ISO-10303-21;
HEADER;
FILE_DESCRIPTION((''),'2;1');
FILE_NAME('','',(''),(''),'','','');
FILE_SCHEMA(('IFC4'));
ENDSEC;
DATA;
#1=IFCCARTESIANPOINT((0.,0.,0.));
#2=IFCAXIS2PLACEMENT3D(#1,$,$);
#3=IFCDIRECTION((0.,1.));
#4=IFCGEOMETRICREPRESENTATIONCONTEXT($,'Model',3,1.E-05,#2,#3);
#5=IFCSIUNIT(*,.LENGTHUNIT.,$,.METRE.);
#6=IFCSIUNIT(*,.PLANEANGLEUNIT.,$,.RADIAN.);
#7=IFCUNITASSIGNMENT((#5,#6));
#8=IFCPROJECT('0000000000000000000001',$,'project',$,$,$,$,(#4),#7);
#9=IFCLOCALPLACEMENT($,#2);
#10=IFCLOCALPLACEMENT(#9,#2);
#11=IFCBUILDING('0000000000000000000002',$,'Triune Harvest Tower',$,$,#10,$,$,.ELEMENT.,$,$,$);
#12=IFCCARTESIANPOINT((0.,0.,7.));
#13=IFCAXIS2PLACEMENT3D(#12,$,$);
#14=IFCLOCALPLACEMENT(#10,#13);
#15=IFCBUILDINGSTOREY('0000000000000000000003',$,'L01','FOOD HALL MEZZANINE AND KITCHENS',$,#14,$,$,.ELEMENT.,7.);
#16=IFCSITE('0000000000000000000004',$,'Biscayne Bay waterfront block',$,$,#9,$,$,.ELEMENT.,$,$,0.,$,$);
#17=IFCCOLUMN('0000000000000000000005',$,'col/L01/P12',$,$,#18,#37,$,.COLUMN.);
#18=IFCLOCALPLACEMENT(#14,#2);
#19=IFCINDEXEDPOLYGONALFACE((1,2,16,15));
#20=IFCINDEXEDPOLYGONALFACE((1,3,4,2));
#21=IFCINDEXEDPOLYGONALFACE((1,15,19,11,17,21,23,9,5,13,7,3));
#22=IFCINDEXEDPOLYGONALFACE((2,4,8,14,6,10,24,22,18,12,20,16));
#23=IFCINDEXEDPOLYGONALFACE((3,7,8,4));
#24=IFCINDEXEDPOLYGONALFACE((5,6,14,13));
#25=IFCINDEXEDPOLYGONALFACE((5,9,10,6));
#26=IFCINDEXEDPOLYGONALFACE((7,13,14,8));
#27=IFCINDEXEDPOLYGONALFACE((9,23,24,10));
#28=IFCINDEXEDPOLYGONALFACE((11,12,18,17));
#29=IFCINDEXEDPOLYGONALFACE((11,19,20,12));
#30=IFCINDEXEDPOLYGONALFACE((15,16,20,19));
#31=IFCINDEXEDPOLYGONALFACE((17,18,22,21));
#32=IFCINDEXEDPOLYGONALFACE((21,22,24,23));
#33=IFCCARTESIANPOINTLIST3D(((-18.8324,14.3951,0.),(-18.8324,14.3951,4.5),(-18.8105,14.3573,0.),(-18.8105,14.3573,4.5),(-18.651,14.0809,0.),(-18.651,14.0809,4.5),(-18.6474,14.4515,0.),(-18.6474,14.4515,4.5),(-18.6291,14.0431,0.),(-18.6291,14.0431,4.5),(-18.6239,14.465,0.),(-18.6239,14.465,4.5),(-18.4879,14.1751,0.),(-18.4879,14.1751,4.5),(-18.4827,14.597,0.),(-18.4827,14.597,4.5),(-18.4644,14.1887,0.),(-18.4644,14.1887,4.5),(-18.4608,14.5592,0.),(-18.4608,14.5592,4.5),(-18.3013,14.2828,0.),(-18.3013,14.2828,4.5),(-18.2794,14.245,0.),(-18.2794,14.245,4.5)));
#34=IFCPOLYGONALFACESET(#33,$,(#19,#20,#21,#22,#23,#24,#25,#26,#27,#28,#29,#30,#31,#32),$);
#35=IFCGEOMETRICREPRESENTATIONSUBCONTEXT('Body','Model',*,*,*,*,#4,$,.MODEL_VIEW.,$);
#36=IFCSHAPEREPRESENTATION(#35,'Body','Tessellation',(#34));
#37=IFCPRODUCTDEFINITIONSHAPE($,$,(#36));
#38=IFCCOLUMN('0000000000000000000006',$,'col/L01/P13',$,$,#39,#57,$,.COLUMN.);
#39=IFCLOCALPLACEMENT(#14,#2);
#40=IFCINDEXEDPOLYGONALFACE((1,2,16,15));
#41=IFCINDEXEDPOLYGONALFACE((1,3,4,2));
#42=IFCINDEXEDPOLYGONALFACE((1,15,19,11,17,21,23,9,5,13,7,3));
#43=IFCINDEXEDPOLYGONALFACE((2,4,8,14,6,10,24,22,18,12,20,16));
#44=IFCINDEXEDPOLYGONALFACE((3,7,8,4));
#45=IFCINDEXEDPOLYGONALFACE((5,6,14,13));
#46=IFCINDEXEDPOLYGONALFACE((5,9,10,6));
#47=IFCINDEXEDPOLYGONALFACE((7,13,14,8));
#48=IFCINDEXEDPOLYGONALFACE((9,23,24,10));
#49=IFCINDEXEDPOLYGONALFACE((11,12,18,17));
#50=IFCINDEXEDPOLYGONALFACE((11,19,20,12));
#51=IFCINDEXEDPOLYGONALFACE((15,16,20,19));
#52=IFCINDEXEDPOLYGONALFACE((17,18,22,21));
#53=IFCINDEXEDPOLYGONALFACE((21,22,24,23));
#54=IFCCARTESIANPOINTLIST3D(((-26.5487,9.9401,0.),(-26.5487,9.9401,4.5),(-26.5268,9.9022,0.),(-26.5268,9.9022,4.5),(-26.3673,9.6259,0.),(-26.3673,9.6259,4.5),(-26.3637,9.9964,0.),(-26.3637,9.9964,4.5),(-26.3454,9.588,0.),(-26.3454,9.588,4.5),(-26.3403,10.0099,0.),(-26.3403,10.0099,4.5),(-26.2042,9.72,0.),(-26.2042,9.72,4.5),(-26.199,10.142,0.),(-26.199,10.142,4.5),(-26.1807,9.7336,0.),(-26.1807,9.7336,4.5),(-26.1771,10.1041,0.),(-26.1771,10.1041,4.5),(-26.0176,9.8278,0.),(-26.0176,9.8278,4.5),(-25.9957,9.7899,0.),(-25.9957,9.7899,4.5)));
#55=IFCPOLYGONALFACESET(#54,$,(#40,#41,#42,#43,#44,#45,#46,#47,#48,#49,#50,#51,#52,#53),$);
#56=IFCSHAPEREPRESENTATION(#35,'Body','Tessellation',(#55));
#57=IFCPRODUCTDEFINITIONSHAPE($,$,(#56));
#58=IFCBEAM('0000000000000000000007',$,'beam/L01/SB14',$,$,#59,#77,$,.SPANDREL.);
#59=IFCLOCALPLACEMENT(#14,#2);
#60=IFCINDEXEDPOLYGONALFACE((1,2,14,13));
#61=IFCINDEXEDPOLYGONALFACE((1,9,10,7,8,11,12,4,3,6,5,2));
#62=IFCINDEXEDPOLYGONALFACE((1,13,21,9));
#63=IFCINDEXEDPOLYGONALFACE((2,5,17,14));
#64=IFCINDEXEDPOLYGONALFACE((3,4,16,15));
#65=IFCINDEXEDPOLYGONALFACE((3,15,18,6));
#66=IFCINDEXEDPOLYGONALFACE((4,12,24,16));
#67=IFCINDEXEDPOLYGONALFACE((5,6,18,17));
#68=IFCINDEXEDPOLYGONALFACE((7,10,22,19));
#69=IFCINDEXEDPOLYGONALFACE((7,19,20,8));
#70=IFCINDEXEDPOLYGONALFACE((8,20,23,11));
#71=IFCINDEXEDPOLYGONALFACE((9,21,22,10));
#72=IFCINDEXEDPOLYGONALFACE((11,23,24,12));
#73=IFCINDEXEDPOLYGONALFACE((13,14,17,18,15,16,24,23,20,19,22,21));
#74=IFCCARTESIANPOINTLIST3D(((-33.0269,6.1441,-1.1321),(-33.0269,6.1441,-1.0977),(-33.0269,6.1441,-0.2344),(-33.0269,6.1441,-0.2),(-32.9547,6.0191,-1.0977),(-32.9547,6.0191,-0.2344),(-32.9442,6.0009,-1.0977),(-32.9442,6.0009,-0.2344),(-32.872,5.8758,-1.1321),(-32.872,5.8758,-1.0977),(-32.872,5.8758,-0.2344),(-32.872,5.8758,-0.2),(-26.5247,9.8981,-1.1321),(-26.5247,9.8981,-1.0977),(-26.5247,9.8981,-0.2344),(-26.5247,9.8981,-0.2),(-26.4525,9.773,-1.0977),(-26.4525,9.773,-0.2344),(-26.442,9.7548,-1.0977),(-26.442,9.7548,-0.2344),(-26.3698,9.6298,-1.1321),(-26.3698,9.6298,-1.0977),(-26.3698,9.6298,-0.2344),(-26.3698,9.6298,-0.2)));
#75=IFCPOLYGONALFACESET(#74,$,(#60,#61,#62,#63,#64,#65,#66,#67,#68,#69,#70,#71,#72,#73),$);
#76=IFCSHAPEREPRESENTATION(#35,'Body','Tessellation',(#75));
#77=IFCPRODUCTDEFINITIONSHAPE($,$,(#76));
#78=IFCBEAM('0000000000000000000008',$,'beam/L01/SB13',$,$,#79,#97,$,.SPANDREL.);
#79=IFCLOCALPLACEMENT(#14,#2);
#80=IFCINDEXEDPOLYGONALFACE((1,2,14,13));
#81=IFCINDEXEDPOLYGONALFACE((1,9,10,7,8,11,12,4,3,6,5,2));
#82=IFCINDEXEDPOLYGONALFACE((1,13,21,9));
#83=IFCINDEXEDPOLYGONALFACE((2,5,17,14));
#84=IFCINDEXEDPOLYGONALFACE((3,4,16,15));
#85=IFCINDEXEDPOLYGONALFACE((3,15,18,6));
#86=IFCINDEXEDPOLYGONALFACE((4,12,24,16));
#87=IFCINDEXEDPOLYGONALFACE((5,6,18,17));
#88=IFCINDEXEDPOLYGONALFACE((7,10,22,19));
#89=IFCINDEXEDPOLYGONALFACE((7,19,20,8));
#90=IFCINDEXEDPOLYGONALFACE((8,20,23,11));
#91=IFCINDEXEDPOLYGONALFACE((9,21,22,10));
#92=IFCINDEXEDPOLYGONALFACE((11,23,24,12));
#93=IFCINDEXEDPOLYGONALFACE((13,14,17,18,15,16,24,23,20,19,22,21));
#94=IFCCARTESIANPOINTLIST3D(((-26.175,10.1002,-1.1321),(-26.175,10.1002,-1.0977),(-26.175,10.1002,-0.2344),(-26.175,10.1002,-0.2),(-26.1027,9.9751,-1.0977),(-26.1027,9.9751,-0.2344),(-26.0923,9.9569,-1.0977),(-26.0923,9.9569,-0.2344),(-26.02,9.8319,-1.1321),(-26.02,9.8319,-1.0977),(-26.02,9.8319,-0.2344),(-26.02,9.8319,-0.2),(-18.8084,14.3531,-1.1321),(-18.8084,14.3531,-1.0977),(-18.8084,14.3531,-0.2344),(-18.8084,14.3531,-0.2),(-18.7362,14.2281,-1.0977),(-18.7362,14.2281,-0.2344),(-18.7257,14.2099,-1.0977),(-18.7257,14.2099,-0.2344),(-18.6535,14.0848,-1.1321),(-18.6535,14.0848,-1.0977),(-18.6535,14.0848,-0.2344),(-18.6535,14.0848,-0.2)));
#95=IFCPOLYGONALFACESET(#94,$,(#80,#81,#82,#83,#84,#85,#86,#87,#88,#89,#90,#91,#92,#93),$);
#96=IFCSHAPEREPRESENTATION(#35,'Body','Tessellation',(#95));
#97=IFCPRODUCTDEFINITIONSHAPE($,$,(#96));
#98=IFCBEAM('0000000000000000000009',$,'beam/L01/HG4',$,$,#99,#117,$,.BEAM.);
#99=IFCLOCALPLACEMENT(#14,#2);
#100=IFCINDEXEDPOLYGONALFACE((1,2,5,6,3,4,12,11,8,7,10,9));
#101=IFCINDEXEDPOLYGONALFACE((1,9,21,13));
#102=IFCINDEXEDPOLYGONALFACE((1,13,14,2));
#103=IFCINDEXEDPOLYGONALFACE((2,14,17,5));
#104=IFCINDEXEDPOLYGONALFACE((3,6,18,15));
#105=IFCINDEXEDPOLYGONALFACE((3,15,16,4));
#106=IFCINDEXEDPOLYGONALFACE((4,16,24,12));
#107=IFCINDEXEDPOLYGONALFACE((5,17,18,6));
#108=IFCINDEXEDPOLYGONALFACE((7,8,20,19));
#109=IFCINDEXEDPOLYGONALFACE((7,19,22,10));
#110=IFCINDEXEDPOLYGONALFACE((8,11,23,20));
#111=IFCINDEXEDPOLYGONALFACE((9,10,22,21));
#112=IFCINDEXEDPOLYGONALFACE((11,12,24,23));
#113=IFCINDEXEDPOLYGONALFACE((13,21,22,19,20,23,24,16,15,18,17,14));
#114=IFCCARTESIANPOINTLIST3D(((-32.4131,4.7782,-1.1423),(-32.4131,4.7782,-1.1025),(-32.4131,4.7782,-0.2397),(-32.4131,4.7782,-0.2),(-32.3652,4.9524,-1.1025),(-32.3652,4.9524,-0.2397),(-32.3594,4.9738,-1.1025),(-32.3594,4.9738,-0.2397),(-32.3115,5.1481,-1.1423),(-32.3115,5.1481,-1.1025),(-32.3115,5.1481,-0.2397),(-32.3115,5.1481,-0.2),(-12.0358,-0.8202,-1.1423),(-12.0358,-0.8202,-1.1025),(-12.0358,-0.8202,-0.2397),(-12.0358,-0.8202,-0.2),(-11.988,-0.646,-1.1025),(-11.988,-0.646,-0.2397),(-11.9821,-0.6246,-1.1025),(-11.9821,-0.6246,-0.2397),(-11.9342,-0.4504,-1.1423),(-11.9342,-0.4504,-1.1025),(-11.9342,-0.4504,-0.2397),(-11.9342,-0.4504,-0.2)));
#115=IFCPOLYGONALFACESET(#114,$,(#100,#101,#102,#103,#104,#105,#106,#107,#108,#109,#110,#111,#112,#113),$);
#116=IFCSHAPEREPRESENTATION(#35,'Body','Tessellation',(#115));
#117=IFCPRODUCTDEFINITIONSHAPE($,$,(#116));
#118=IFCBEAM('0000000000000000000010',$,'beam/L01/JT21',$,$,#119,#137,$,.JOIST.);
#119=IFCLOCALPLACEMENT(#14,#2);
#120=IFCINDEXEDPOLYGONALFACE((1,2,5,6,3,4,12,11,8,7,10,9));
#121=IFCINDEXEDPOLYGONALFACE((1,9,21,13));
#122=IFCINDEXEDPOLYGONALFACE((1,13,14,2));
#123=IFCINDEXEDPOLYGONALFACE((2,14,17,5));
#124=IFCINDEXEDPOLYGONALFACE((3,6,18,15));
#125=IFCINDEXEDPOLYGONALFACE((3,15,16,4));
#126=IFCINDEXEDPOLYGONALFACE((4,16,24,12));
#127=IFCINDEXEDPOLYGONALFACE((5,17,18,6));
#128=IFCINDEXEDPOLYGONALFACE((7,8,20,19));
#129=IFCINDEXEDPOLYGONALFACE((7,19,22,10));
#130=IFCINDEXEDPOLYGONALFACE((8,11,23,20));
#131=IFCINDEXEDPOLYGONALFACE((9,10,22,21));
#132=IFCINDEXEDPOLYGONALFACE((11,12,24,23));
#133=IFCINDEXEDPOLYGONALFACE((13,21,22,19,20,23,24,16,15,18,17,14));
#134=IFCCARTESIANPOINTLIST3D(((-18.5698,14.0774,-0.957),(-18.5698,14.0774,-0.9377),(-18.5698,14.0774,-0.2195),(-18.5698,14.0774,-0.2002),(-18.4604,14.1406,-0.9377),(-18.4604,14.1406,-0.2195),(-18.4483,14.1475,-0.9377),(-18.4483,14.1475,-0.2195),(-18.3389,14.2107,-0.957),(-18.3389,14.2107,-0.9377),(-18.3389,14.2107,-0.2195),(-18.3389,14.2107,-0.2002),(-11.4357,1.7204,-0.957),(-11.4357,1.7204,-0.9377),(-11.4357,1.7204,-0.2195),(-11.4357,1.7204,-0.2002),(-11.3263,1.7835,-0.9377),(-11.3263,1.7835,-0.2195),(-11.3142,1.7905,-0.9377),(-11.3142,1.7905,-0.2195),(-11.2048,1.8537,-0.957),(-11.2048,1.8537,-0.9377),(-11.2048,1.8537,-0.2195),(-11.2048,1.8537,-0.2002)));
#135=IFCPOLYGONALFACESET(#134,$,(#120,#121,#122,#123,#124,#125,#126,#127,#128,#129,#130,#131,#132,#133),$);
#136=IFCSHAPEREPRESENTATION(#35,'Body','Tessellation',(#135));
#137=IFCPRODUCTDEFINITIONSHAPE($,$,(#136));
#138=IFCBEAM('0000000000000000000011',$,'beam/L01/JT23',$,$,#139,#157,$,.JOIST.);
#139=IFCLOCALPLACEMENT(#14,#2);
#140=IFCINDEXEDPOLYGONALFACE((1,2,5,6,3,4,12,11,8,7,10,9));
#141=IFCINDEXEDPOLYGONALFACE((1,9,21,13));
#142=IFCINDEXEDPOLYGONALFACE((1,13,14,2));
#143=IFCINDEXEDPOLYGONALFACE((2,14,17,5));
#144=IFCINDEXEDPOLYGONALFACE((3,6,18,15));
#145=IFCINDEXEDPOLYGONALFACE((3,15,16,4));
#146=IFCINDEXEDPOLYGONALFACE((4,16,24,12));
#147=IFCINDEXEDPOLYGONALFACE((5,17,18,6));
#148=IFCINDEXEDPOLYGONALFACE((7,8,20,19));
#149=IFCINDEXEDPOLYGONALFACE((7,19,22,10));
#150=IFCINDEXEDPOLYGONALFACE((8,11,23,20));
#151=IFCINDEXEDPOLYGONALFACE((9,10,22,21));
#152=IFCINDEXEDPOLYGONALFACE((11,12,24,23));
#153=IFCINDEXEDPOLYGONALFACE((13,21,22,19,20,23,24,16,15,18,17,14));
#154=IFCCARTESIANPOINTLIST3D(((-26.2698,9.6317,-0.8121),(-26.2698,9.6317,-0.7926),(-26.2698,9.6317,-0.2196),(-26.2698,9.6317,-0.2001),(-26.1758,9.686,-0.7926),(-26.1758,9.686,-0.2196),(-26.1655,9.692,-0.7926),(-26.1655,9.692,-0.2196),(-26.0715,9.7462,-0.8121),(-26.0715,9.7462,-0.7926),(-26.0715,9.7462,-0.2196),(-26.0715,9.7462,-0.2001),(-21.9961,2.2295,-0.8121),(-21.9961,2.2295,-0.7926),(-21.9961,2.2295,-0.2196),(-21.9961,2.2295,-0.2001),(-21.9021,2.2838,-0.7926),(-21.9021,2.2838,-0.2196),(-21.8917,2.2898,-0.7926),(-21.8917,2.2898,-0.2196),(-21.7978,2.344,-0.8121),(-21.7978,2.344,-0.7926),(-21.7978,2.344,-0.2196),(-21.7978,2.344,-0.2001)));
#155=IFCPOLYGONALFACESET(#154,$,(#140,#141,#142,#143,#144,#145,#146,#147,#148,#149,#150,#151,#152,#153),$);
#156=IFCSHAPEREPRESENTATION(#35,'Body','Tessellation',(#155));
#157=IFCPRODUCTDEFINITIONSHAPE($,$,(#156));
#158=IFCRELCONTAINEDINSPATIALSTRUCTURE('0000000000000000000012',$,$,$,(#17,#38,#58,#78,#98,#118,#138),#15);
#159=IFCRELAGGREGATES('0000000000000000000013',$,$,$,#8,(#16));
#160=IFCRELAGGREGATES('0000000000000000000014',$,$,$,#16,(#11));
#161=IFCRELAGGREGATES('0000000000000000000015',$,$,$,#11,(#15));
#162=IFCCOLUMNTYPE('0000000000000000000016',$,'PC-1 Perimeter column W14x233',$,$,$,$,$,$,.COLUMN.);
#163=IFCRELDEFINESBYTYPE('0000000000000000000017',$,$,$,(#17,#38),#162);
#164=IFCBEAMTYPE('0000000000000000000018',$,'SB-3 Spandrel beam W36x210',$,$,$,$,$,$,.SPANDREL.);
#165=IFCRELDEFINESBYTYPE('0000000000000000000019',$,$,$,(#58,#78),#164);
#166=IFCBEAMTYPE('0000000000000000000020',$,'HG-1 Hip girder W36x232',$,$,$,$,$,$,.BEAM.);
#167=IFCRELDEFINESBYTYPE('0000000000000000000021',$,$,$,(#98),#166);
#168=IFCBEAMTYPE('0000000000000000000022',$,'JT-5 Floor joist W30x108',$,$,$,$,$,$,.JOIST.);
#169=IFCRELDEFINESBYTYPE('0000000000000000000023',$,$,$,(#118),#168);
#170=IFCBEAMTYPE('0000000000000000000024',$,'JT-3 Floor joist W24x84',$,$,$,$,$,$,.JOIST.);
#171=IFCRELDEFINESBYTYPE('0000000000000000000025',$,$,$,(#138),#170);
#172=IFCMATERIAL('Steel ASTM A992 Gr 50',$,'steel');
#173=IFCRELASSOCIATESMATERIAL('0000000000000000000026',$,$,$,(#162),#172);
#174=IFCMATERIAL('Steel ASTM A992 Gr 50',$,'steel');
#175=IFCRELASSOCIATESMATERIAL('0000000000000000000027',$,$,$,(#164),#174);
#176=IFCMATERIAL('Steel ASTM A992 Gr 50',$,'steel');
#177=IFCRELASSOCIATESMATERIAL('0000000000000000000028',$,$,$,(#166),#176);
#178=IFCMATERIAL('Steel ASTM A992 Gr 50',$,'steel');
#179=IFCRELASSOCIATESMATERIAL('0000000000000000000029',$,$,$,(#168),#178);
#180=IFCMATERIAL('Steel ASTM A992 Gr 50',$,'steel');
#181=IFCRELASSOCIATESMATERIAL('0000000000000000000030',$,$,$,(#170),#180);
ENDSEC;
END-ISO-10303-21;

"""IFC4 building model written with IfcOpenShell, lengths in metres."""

from ifc_helpers import new_model, si_unit, direction, frame, origin, origin_2d, place, context, subcontext, project, spatial, i_section, extrude, source, transform, mapped, material, material_profile, profile_set, type_object, element, save


model = new_model("IFC4")

# Units and contexts
model_context = context("Model", 3, precision=1e-05, world=origin(), true_north=direction((0.0, 1.0)))
body_context = subcontext(model_context, "Body", "Model", "MODEL_VIEW")
ifc_project = project(units=[si_unit("LENGTHUNIT", "METRE"), si_unit("PLANEANGLEUNIT", "RADIAN")], contexts=[model_context])

# Site, building, storey
site_placement = place(None, origin())
site = spatial("IfcSite", under=ifc_project, at=site_placement, Name="Biscayne Bay waterfront block", CompositionType="ELEMENT", RefElevation=0.0)
building_placement = place(site_placement, origin())
building = spatial("IfcBuilding", under=site, at=building_placement, Name="Triune Harvest Tower", CompositionType="ELEMENT")
storey_placement = place(building_placement, frame((0.0, 0.0, 7.0)))
storey = spatial("IfcBuildingStorey", under=building, at=storey_placement, Name="L01", Description="FOOD HALL MEZZANINE AND KITCHENS", CompositionType="ELEMENT", Elevation=7.0)

# Columns
ifc_material_1 = material(Name="Steel ASTM A992 Gr 50", Category="steel")
ifc_material_profile_1 = material_profile(ifc_material_1, i_section(OverallWidth=0.4038, OverallDepth=0.4065, WebThickness=0.0271, FlangeThickness=0.0437, at=origin_2d()), Name="W14x233")
ifc_profile_set_1 = profile_set([ifc_material_profile_1], Name="Steel ASTM A992 Gr 50")
column_type = type_object("IfcColumnType", Name="PC-1 Perimeter column W14x233", PredefinedType="COLUMN", material=ifc_profile_set_1)
shared_shape_1 = source(origin(), body_context, "Body", "SweptSolid", [
    extrude(i_section(OverallWidth=0.4038, OverallDepth=0.4065, WebThickness=0.0271, FlangeThickness=0.0437, at=origin_2d()), origin(), (0.0, 0.0, 1.0), 4.5),
])
for number, where, z_axis, x_axis, name in (
    (1, (-18.5559, 14.3201, 0.0), (0.0, 0.0, 1.0), (-0.866025, -0.5, 0.0), "col/L01/P12"),
    (2, (-26.2722, 9.865, 0.0), (0.0, 0.0, 1.0), (-0.866025, -0.5, 0.0), "col/L01/P13"),
):
    element("IfcColumn", number, at=place(storey_placement, frame(where, z_axis=z_axis, x_axis=x_axis)), inside=storey, type_object=column_type, Name=name, PredefinedType="COLUMN", context=body_context, shape_type="MappedRepresentation", body=[
        mapped(shared_shape_1, transform((0.0, 0.0, 0.0), scale=1.0)),
    ])

# Beams
ifc_material_2 = material(Name="Steel ASTM A992 Gr 50", Category="steel")
ifc_material_profile_2 = material_profile(ifc_material_2, i_section(OverallWidth=0.3098, OverallDepth=0.9321, WebThickness=0.021, FlangeThickness=0.0344, at=origin_2d()), Name="W36x210")
ifc_profile_set_2 = profile_set([ifc_material_profile_2], Name="Steel ASTM A992 Gr 50")
beam_type_1 = type_object("IfcBeamType", Name="SB-3 Spandrel beam W36x210", PredefinedType="SPANDREL", material=ifc_profile_set_2)
shared_shape_2 = source(origin(), body_context, "Body", "SweptSolid", [
    extrude(i_section(OverallWidth=0.3098, OverallDepth=0.9321, WebThickness=0.021, FlangeThickness=0.0344, at=origin_2d()), origin(), (0.0, 0.0, 1.0), 7.5081),
])
beam_1_placement = place(storey_placement, frame((-26.4473, 9.7639, -0.666), z_axis=(-0.866033, -0.499986, 0.0), x_axis=(0.499986, -0.866033, 0.0)))
element("IfcBeam", 3, at=beam_1_placement, inside=storey, type_object=beam_type_1, Name="beam/L01/SB14", PredefinedType="SPANDREL", context=body_context, shape_type="MappedRepresentation", body=[
    mapped(shared_shape_2, transform((0.0, 0.0, 0.0), scale=1.0)),
])
shared_shape_3 = source(origin(), body_context, "Body", "SweptSolid", [
    extrude(i_section(OverallWidth=0.3098, OverallDepth=0.9321, WebThickness=0.021, FlangeThickness=0.0344, at=origin_2d()), origin(), (0.0, 0.0, 1.0), 8.5061),
])
beam_2_placement = place(storey_placement, frame((-18.731, 14.219, -0.666), z_axis=(-0.86603, -0.499992, 0.0), x_axis=(0.499992, -0.86603, 0.0)))
element("IfcBeam", 4, at=beam_2_placement, inside=storey, type_object=beam_type_1, Name="beam/L01/SB13", PredefinedType="SPANDREL", context=body_context, shape_type="MappedRepresentation", body=[
    mapped(shared_shape_3, transform((0.0, 0.0, 0.0), scale=1.0)),
])
ifc_material_3 = material(Name="Steel ASTM A992 Gr 50", Category="steel")
ifc_material_profile_3 = material_profile(ifc_material_3, i_section(OverallWidth=0.3835, OverallDepth=0.9424, WebThickness=0.0222, FlangeThickness=0.0398, at=origin_2d()), Name="W36x232")
ifc_profile_set_3 = profile_set([ifc_material_profile_3], Name="Steel ASTM A992 Gr 50")
beam_type_2 = type_object("IfcBeamType", Name="HG-1 Hip girder W36x232", PredefinedType="BEAM", material=ifc_profile_set_3)
shared_shape_4 = source(origin(), body_context, "Body", "SweptSolid", [
    extrude(i_section(OverallWidth=0.3835, OverallDepth=0.9424, WebThickness=0.0222, FlangeThickness=0.0398, at=origin_2d()), origin(), (0.0, 0.0, 1.0), 21.1323),
])
beam_3_placement = place(storey_placement, frame((-32.3623, 4.9631, -0.6711), z_axis=(0.96427, -0.264922, 0.0), x_axis=(0.264922, 0.96427, 0.0)))
element("IfcBeam", 5, at=beam_3_placement, inside=storey, type_object=beam_type_2, Name="beam/L01/HG4", PredefinedType="BEAM", context=body_context, shape_type="MappedRepresentation", body=[
    mapped(shared_shape_4, transform((0.0, 0.0, 0.0), scale=1.0)),
])
ifc_material_4 = material(Name="Steel ASTM A992 Gr 50", Category="steel")
ifc_material_profile_4 = material_profile(ifc_material_4, i_section(OverallWidth=0.2666, OverallDepth=0.7568, WebThickness=0.0139, FlangeThickness=0.0193, at=origin_2d()), Name="W30x108")
ifc_profile_set_4 = profile_set([ifc_material_profile_4], Name="Steel ASTM A992 Gr 50")
beam_type_3 = type_object("IfcBeamType", Name="JT-5 Floor joist W30x108", PredefinedType="JOIST", material=ifc_profile_set_4)
shared_shape_5 = source(origin(), body_context, "Body", "SweptSolid", [
    extrude(i_section(OverallWidth=0.2666, OverallDepth=0.7568, WebThickness=0.0139, FlangeThickness=0.0193, at=origin_2d()), origin(), (0.0, 0.0, 1.0), 14.2686),
])
beam_4_placement = place(storey_placement, frame((-18.4543, 14.144, -0.5786), z_axis=(0.499987, -0.866033, 0.0), x_axis=(0.866033, 0.499987, 0.0)))
element("IfcBeam", 6, at=beam_4_placement, inside=storey, type_object=beam_type_3, Name="beam/L01/JT21", PredefinedType="JOIST", context=body_context, shape_type="MappedRepresentation", body=[
    mapped(shared_shape_5, transform((0.0, 0.0, 0.0), scale=1.0)),
])
ifc_material_5 = material(Name="Steel ASTM A992 Gr 50", Category="steel")
ifc_material_profile_5 = material_profile(ifc_material_5, i_section(OverallWidth=0.229, OverallDepth=0.6121, WebThickness=0.012, FlangeThickness=0.0195, at=origin_2d()), Name="W24x84")
ifc_profile_set_5 = profile_set([ifc_material_profile_5], Name="Steel ASTM A992 Gr 50")
beam_type_4 = type_object("IfcBeamType", Name="JT-3 Floor joist W24x84", PredefinedType="JOIST", material=ifc_profile_set_5)
shared_shape_6 = source(origin(), body_context, "Body", "SweptSolid", [
    extrude(i_section(OverallWidth=0.229, OverallDepth=0.6121, WebThickness=0.012, FlangeThickness=0.0195, at=origin_2d()), origin(), (0.0, 0.0, 1.0), 8.5474),
])
beam_5_placement = place(storey_placement, frame((-26.1707, 9.689, -0.5061), z_axis=(0.500007, -0.866021, 0.0), x_axis=(0.866021, 0.500007, 0.0)))
element("IfcBeam", 7, at=beam_5_placement, inside=storey, type_object=beam_type_4, Name="beam/L01/JT23", PredefinedType="JOIST", context=body_context, shape_type="MappedRepresentation", body=[
    mapped(shared_shape_6, transform((0.0, 0.0, 0.0), scale=1.0)),
])

save(model, "model.ifc")
